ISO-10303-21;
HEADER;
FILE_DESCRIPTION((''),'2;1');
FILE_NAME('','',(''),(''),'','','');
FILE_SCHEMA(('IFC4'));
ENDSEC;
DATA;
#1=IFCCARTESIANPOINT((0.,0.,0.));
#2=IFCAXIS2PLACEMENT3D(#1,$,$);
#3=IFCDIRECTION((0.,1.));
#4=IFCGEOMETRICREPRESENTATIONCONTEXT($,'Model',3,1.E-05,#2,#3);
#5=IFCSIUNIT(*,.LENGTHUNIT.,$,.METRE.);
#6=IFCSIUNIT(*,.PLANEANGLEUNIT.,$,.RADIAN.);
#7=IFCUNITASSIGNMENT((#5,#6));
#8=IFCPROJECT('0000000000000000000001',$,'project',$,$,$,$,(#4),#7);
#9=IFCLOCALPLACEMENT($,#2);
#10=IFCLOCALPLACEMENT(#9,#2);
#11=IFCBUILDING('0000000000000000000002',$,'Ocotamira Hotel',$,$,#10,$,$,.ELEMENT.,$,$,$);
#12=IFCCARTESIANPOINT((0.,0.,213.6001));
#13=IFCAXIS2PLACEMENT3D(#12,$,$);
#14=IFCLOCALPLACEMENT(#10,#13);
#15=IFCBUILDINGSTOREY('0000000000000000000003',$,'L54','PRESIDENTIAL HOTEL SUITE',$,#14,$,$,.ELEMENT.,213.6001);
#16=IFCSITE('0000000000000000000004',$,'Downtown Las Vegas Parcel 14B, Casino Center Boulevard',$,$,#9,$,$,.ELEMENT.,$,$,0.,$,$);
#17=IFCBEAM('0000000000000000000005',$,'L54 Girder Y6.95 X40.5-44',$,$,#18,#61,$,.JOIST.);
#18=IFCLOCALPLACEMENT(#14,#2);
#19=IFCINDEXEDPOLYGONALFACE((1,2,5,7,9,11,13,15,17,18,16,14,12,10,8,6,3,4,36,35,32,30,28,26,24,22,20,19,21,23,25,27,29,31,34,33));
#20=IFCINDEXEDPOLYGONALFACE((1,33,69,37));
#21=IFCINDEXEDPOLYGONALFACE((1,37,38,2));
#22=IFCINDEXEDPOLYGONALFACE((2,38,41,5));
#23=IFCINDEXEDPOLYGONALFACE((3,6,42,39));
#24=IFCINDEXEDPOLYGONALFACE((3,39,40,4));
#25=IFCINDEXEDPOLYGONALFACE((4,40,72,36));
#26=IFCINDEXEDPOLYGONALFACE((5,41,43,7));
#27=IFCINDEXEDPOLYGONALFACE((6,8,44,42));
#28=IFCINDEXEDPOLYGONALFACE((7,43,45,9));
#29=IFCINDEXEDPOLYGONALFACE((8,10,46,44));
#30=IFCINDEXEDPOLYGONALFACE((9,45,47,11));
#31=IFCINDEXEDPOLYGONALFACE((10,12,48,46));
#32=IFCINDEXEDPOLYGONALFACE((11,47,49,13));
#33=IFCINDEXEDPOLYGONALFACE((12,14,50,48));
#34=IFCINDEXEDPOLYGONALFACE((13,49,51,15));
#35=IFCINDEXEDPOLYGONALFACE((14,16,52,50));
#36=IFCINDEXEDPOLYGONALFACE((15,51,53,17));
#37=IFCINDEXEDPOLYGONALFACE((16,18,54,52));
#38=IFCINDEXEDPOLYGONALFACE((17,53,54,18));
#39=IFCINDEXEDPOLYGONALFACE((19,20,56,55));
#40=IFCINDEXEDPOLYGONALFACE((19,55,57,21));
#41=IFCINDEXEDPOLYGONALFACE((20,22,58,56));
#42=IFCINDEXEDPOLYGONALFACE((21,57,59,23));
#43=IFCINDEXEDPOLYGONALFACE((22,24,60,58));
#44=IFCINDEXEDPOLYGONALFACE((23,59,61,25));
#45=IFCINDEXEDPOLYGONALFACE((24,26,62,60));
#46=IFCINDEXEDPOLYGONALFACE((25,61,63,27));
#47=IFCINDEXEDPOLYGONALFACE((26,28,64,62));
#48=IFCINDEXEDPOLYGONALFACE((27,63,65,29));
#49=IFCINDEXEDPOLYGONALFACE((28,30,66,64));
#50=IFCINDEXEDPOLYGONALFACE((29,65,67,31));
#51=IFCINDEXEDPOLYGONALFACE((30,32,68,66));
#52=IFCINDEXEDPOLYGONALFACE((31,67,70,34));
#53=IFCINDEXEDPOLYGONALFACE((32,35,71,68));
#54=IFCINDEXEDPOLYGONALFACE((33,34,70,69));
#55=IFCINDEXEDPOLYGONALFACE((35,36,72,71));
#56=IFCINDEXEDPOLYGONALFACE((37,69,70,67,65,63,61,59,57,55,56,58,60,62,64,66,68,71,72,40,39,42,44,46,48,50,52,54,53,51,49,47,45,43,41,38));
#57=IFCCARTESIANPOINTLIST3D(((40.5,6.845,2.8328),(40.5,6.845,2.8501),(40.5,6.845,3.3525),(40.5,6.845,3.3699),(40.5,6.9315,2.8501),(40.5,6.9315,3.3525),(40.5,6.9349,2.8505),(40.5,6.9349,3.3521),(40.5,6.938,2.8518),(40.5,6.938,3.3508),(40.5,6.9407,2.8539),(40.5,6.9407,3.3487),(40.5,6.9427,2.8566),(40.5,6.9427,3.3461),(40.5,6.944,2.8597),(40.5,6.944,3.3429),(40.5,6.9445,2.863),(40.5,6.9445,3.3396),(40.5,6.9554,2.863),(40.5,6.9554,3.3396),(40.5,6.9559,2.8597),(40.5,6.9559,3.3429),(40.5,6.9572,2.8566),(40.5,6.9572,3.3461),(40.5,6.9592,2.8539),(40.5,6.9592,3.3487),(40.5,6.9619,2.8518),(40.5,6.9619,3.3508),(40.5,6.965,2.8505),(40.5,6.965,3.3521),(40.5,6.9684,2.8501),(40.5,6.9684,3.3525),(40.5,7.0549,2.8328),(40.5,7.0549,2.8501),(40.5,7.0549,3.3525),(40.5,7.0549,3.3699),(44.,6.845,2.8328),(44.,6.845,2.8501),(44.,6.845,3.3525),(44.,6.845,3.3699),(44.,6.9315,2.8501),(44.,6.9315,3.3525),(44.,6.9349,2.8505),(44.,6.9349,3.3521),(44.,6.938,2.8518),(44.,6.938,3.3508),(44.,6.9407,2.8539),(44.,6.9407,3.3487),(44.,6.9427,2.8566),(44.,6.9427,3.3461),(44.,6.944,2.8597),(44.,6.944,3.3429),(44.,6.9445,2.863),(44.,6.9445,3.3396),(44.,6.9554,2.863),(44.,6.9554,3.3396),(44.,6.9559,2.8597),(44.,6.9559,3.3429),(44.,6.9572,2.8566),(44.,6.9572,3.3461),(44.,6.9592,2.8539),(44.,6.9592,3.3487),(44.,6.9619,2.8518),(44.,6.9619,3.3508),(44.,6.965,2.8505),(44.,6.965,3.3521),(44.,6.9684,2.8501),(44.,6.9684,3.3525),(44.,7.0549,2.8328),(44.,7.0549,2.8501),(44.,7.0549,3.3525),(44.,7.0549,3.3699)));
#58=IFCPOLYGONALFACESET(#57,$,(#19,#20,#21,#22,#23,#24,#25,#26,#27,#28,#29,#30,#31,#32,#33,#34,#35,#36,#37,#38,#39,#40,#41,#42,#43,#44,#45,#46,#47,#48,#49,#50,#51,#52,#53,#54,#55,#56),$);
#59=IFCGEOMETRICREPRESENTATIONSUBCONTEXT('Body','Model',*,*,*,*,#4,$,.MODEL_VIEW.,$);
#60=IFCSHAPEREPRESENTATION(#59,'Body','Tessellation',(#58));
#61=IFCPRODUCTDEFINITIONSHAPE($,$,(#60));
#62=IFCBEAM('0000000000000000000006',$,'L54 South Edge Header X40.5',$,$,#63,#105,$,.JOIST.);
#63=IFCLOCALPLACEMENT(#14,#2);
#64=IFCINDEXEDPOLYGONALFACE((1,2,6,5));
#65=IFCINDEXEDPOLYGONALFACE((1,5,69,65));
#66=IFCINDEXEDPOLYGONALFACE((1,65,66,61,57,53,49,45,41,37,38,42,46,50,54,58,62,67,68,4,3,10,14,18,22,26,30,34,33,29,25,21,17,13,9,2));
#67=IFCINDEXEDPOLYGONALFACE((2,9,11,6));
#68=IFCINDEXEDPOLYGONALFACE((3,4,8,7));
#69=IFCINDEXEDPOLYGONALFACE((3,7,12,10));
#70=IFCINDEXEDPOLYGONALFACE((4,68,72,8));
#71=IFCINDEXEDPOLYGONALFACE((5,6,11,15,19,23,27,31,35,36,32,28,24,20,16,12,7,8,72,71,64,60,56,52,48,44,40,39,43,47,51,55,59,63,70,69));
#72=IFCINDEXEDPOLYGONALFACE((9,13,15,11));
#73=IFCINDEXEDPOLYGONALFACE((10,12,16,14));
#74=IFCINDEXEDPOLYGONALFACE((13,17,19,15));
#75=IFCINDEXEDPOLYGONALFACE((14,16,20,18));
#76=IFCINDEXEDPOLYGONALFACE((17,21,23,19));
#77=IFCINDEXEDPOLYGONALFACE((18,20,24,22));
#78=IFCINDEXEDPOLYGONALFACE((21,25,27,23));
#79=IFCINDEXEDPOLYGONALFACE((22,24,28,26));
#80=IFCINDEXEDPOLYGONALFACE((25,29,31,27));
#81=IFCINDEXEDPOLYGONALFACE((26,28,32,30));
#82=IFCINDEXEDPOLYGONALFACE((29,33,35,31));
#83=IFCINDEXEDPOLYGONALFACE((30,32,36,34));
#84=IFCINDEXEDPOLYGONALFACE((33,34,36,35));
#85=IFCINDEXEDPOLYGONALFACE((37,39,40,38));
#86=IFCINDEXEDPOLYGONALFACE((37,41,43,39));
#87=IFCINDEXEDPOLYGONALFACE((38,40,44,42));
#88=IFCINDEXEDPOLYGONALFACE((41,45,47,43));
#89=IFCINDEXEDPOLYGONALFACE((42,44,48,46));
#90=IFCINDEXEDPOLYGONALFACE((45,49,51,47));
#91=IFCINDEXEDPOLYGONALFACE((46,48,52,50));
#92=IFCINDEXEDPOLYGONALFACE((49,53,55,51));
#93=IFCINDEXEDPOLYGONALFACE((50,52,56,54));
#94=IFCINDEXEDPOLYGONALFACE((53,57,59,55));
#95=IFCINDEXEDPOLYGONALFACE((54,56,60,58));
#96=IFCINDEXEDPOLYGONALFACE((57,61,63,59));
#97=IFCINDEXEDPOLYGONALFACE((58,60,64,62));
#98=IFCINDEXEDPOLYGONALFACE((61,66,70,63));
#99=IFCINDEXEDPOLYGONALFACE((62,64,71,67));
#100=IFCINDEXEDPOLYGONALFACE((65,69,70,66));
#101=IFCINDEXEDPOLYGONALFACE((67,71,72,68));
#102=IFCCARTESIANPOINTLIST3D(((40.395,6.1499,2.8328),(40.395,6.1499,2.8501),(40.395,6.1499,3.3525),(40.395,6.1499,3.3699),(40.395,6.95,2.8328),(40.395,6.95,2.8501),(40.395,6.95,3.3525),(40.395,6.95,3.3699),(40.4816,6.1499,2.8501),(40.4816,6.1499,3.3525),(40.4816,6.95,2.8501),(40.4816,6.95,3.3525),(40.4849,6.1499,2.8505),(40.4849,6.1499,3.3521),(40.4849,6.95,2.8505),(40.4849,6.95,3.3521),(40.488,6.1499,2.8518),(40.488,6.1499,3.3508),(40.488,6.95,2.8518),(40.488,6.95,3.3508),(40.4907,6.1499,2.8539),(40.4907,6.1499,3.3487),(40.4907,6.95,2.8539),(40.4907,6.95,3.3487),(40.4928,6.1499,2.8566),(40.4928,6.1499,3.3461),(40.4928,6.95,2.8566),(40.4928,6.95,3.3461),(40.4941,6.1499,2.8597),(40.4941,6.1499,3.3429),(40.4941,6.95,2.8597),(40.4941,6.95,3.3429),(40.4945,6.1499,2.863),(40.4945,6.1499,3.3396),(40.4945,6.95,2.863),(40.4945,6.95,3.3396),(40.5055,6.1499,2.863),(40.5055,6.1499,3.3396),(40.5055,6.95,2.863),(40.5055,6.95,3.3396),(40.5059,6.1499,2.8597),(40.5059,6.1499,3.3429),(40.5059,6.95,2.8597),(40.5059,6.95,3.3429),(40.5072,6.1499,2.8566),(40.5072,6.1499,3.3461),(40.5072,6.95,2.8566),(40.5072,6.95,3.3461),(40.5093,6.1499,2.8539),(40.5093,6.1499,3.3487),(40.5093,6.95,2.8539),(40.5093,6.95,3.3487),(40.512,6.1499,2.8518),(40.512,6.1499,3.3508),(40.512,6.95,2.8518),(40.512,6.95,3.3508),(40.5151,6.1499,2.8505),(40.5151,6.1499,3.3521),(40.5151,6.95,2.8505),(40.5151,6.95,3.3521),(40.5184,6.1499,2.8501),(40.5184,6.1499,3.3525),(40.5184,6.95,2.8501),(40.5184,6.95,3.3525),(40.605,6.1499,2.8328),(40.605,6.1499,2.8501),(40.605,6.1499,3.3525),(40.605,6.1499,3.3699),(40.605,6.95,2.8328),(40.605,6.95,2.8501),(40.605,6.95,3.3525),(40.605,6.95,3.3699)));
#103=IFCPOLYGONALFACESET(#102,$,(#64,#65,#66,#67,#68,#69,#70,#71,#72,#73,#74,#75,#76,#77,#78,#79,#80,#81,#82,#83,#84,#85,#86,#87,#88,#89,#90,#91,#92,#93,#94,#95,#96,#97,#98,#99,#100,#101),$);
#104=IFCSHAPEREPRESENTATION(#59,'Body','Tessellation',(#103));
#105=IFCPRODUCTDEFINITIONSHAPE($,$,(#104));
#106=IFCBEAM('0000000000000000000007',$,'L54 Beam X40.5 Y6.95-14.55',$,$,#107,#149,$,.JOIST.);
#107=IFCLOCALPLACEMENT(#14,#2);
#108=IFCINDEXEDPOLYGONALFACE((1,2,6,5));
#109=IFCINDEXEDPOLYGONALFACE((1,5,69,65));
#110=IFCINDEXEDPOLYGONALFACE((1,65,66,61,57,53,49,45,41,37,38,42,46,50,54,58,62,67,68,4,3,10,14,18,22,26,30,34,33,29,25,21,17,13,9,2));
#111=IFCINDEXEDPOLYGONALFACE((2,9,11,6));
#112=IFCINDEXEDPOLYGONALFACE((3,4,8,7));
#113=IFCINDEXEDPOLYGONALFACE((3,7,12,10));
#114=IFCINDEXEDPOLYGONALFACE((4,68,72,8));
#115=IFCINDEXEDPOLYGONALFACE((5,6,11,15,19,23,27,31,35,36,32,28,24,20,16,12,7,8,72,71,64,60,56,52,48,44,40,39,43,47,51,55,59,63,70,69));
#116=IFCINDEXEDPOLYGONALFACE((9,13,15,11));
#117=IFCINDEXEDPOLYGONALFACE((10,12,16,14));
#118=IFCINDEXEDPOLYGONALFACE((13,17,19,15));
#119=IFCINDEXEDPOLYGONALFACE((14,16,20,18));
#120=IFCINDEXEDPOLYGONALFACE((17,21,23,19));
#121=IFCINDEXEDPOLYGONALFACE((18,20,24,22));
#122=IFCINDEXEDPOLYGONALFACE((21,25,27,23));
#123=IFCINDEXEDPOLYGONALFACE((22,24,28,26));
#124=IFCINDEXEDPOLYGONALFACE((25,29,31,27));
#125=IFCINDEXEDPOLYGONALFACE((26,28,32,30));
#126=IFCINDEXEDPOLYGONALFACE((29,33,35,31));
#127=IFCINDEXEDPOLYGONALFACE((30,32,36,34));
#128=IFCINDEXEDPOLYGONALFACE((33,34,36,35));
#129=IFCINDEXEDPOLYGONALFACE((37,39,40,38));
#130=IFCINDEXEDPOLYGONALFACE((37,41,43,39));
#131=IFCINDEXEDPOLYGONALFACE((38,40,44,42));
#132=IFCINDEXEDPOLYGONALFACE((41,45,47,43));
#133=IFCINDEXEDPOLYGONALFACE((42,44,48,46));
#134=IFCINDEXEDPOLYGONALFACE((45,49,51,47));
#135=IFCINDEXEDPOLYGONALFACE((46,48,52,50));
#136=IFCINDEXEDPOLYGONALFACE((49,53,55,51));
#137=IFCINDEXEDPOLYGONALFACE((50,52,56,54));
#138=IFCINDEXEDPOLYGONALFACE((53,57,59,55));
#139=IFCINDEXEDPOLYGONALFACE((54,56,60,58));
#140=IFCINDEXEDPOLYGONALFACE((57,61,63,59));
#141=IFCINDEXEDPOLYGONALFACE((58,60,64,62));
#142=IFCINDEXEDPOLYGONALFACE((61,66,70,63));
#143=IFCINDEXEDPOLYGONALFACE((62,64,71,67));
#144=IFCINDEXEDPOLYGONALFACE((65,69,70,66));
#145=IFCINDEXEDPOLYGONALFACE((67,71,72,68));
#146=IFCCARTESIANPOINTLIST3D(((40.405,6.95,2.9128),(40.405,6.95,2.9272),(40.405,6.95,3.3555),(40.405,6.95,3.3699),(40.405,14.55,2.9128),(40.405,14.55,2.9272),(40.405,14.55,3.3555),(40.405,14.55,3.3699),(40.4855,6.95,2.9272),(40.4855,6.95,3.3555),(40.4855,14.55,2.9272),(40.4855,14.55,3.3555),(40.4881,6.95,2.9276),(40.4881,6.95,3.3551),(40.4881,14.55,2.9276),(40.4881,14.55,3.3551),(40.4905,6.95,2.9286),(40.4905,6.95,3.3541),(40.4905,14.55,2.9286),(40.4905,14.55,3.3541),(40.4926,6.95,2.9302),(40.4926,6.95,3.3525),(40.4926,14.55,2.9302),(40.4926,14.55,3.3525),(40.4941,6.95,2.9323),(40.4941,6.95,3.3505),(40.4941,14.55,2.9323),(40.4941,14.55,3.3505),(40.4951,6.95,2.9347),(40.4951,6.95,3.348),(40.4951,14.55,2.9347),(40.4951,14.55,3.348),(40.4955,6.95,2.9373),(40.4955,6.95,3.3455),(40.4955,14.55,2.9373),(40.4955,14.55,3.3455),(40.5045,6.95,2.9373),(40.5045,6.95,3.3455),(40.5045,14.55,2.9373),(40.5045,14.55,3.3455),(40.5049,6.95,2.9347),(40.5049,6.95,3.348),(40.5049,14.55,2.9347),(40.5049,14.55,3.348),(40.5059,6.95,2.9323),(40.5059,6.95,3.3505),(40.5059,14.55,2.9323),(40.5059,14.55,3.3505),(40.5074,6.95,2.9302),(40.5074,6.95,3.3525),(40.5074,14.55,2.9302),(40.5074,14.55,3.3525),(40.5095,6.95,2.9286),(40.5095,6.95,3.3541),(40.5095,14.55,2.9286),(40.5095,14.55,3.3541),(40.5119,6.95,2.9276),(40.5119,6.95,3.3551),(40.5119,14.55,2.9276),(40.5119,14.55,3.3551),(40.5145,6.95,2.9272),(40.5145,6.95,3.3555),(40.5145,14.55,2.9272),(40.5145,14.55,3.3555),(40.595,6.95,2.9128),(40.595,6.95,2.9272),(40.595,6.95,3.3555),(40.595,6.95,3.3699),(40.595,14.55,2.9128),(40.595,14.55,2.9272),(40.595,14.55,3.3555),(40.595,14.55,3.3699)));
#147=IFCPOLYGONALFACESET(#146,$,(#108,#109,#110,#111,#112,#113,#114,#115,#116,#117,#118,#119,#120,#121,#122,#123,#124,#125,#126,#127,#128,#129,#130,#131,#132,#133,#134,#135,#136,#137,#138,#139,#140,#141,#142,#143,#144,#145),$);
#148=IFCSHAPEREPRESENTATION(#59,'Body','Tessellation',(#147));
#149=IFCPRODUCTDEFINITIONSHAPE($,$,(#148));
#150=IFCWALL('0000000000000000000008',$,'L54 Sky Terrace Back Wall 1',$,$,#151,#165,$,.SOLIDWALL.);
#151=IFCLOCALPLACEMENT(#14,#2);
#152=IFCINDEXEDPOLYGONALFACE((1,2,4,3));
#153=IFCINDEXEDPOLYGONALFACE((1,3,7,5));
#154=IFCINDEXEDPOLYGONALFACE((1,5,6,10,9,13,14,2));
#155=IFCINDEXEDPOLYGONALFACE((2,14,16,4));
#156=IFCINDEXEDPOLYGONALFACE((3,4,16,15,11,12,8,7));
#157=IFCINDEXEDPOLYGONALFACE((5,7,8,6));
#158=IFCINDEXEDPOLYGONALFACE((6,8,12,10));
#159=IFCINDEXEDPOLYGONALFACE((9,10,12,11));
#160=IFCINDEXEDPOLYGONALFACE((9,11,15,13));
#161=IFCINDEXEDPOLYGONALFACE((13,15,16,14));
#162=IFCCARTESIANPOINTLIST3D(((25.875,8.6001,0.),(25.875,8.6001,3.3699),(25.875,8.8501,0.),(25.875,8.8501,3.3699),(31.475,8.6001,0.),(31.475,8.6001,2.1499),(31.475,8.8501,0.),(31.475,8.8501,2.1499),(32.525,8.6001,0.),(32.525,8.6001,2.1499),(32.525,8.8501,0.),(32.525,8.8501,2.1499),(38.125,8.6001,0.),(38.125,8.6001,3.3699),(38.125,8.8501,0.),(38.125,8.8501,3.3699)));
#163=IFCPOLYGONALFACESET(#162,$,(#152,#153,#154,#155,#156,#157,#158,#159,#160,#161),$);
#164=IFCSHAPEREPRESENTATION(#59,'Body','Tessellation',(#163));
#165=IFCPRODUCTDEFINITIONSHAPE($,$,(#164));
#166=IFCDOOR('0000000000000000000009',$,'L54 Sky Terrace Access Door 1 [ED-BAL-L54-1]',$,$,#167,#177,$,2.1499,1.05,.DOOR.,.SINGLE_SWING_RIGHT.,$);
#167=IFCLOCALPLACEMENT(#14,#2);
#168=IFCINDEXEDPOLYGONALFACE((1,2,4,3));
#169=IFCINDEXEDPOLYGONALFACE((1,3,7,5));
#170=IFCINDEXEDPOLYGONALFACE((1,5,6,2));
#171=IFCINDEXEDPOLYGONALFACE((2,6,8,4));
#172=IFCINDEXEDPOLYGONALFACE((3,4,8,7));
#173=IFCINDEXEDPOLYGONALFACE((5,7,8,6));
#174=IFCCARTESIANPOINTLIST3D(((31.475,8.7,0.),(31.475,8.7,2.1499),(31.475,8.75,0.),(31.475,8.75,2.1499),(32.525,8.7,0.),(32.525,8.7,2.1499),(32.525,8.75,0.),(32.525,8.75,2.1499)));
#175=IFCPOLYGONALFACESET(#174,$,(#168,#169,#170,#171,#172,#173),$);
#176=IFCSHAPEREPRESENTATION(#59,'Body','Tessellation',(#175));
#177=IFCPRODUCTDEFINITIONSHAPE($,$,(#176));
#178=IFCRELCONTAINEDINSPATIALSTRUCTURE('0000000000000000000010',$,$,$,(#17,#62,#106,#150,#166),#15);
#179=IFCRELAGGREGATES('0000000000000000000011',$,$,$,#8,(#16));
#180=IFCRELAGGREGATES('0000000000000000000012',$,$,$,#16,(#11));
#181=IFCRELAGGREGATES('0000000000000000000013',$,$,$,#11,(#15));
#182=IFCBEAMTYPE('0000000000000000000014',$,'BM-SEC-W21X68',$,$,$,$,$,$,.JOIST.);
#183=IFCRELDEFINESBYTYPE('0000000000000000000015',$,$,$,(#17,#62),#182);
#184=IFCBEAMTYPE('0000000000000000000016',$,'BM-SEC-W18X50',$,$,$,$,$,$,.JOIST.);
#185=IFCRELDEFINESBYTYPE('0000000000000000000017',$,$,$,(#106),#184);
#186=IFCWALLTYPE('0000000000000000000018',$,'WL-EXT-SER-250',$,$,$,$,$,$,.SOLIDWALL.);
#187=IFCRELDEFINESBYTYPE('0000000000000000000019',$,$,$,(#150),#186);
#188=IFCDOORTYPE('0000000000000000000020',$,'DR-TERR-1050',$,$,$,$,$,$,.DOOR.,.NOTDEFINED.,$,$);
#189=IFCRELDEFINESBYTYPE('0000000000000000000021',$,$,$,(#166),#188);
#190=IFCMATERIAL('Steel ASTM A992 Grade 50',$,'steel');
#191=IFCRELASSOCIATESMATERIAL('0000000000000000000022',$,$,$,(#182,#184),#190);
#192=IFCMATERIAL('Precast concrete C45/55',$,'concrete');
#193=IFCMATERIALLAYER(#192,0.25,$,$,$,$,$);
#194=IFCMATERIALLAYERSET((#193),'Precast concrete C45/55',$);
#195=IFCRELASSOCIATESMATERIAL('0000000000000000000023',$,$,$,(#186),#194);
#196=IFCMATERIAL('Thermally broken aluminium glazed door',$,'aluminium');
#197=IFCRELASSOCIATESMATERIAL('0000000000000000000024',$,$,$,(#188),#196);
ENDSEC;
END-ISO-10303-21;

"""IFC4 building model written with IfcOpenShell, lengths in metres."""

from ifc_helpers import new_model, si_unit, direction, frame, frame_2d, origin, origin_2d, place, context, subcontext, project, spatial, rectangle, i_section, extrude, source, transform, mapped, material, layer, layer_set, material_profile, profile_set, type_object, element, fill, save


model = new_model("IFC4")

# Units and contexts
model_context = context("Model", 3, precision=1e-05, world=origin(), true_north=direction((0.0, 1.0)))
body_context = subcontext(model_context, "Body", "Model", "MODEL_VIEW")
ifc_project = project(units=[si_unit("LENGTHUNIT", "METRE"), si_unit("PLANEANGLEUNIT", "RADIAN")], contexts=[model_context])

# Site, building, storey
site_placement = place(None, origin())
site = spatial("IfcSite", under=ifc_project, at=site_placement, Name="Downtown Las Vegas Parcel 14B, Casino Center Boulevard", CompositionType="ELEMENT", RefElevation=0.0)
building_placement = place(site_placement, origin())
building = spatial("IfcBuilding", under=site, at=building_placement, Name="Ocotamira Hotel", CompositionType="ELEMENT")
storey_placement = place(building_placement, frame((0.0, 0.0, 213.6001)))
storey = spatial("IfcBuildingStorey", under=building, at=storey_placement, Name="L54", Description="PRESIDENTIAL HOTEL SUITE", CompositionType="ELEMENT", Elevation=213.6001)

# Beams
ifc_material_1 = material(Name="Steel ASTM A992 Grade 50", Category="steel")
ifc_material_profile_1 = material_profile(ifc_material_1, i_section(OverallWidth=0.21, OverallDepth=0.5371, WebThickness=0.011, FlangeThickness=0.0173, FilletRadius=0.0129, at=origin_2d()), Name="W21X68")
ifc_profile_set_1 = profile_set([ifc_material_profile_1], Name="Steel ASTM A992 Grade 50")
beam_type_1 = type_object("IfcBeamType", Name="BM-SEC-W21X68", PredefinedType="JOIST", material=ifc_profile_set_1)
shared_shape_1 = source(origin(), body_context, "Body", "SweptSolid", [
    extrude(i_section(OverallWidth=0.21, OverallDepth=0.5371, WebThickness=0.011, FlangeThickness=0.0173, FilletRadius=0.0129, at=origin_2d()), origin(), (0.0, 0.0, 1.0), 3.5),
])
beam_1_placement = place(storey_placement, frame((40.5, 6.95, 3.1013), z_axis=(1.0, 0.0, 0.0), x_axis=(0.0, 1.0, 0.0)))
element("IfcBeam", 1, at=beam_1_placement, inside=storey, type_object=beam_type_1, Name="L54 Girder Y6.95 X40.5-44", PredefinedType="JOIST", context=body_context, shape_type="MappedRepresentation", body=[
    mapped(shared_shape_1, transform((0.0, 0.0, 0.0), scale=1.0)),
])
shared_shape_2 = source(origin(), body_context, "Body", "SweptSolid", [
    extrude(i_section(OverallWidth=0.21, OverallDepth=0.5371, WebThickness=0.011, FlangeThickness=0.0173, FilletRadius=0.0129, at=origin_2d()), origin(), (0.0, 0.0, 1.0), 0.8),
])
beam_2_placement = place(storey_placement, frame((40.5, 6.95, 3.1013), z_axis=(0.0, -1.0, 0.0), x_axis=(1.0, 0.0, 0.0)))
element("IfcBeam", 2, at=beam_2_placement, inside=storey, type_object=beam_type_1, Name="L54 South Edge Header X40.5", PredefinedType="JOIST", context=body_context, shape_type="MappedRepresentation", body=[
    mapped(shared_shape_2, transform((0.0, 0.0, 0.0), scale=1.0)),
])
ifc_material_profile_2 = material_profile(ifc_material_1, i_section(OverallWidth=0.1899, OverallDepth=0.457, WebThickness=0.009, FlangeThickness=0.0144, FilletRadius=0.01, at=origin_2d()), Name="W18X50")
ifc_profile_set_2 = profile_set([ifc_material_profile_2], Name="Steel ASTM A992 Grade 50")
beam_type_2 = type_object("IfcBeamType", Name="BM-SEC-W18X50", PredefinedType="JOIST", material=ifc_profile_set_2)
shared_shape_3 = source(origin(), body_context, "Body", "SweptSolid", [
    extrude(i_section(OverallWidth=0.1899, OverallDepth=0.457, WebThickness=0.009, FlangeThickness=0.0144, FilletRadius=0.01, at=origin_2d()), origin(), (0.0, 0.0, 1.0), 7.6001),
])
beam_3_placement = place(storey_placement, frame((40.5, 6.95, 3.1414), z_axis=(0.0, 1.0, 0.0), x_axis=(-1.0, 0.0, 0.0)))
element("IfcBeam", 3, at=beam_3_placement, inside=storey, type_object=beam_type_2, Name="L54 Beam X40.5 Y6.95-14.55", PredefinedType="JOIST", context=body_context, shape_type="MappedRepresentation", body=[
    mapped(shared_shape_3, transform((0.0, 0.0, 0.0), scale=1.0)),
])

# Wall, opening, door
ifc_material_2 = material(Name="Precast concrete C45/55", Category="concrete")
ifc_layer_1 = layer(ifc_material_2, 0.25)
ifc_layer_set_1 = layer_set([ifc_layer_1], Name="Precast concrete C45/55")
wall_type_1 = type_object("IfcWallType", Name="WL-EXT-SER-250", PredefinedType="SOLIDWALL", material=ifc_layer_set_1)
wall_1_placement = place(storey_placement, frame((25.875, 8.7251, 0.0), z_axis=(0.0, 0.0, 1.0), x_axis=(1.0, 0.0, 0.0)))
wall_1 = element("IfcWall", 4, at=wall_1_placement, inside=storey, type_object=wall_type_1, Name="L54 Sky Terrace Back Wall 1", PredefinedType="SOLIDWALL", context=body_context, shape_type="SweptSolid", body=[
    extrude(rectangle(XDim=12.25, YDim=0.25, at=frame_2d((6.125, 0.0))), origin(), (0.0, 0.0, 1.0), 3.3699),
])
opening_1_placement = place(wall_1_placement, frame((5.6001, 0.0, 0.0)))
opening_1 = element("IfcOpeningElement", 5, at=opening_1_placement, cuts=wall_1, PredefinedType="OPENING", context=body_context, shape_type="SweptSolid", body=[
    extrude(rectangle(XDim=1.05, YDim=2.1499, at=frame_2d((0.5249, 1.075))), frame((0.0, 0.135, 0.0), z_axis=(0.0, -1.0, 0.0), x_axis=(1.0, 0.0, 0.0)), (0.0, 0.0, 1.0), 0.27),
])
ifc_material_3 = material(Name="Thermally broken aluminium glazed door", Category="aluminium")
door_type_1 = type_object("IfcDoorType", Name="DR-TERR-1050", OperationType="NOTDEFINED", PredefinedType="DOOR", material=ifc_material_3)
shared_shape_4 = source(origin(), body_context, "Body", "SweptSolid", [
    extrude(rectangle(XDim=1.05, YDim=2.1499, at=frame_2d((0.5249, 1.075))), frame((0.0, 0.0249, 0.0), z_axis=(0.0, -1.0, 0.0), x_axis=(1.0, 0.0, 0.0)), (0.0, 0.0, 1.0), 0.05),
])
door_1_placement = place(opening_1_placement, origin())
door_1 = element("IfcDoor", 6, at=door_1_placement, inside=storey, type_object=door_type_1, Name="L54 Sky Terrace Access Door 1 [ED-BAL-L54-1]", OperationType="SINGLE_SWING_RIGHT", OverallHeight=2.1499, OverallWidth=1.05, PredefinedType="DOOR", context=body_context, shape_type="MappedRepresentation", body=[
    mapped(shared_shape_4, transform((0.0, 0.0, 0.0), scale=1.0)),
])
fill(opening_1, door_1)

save(model, "model.ifc")
